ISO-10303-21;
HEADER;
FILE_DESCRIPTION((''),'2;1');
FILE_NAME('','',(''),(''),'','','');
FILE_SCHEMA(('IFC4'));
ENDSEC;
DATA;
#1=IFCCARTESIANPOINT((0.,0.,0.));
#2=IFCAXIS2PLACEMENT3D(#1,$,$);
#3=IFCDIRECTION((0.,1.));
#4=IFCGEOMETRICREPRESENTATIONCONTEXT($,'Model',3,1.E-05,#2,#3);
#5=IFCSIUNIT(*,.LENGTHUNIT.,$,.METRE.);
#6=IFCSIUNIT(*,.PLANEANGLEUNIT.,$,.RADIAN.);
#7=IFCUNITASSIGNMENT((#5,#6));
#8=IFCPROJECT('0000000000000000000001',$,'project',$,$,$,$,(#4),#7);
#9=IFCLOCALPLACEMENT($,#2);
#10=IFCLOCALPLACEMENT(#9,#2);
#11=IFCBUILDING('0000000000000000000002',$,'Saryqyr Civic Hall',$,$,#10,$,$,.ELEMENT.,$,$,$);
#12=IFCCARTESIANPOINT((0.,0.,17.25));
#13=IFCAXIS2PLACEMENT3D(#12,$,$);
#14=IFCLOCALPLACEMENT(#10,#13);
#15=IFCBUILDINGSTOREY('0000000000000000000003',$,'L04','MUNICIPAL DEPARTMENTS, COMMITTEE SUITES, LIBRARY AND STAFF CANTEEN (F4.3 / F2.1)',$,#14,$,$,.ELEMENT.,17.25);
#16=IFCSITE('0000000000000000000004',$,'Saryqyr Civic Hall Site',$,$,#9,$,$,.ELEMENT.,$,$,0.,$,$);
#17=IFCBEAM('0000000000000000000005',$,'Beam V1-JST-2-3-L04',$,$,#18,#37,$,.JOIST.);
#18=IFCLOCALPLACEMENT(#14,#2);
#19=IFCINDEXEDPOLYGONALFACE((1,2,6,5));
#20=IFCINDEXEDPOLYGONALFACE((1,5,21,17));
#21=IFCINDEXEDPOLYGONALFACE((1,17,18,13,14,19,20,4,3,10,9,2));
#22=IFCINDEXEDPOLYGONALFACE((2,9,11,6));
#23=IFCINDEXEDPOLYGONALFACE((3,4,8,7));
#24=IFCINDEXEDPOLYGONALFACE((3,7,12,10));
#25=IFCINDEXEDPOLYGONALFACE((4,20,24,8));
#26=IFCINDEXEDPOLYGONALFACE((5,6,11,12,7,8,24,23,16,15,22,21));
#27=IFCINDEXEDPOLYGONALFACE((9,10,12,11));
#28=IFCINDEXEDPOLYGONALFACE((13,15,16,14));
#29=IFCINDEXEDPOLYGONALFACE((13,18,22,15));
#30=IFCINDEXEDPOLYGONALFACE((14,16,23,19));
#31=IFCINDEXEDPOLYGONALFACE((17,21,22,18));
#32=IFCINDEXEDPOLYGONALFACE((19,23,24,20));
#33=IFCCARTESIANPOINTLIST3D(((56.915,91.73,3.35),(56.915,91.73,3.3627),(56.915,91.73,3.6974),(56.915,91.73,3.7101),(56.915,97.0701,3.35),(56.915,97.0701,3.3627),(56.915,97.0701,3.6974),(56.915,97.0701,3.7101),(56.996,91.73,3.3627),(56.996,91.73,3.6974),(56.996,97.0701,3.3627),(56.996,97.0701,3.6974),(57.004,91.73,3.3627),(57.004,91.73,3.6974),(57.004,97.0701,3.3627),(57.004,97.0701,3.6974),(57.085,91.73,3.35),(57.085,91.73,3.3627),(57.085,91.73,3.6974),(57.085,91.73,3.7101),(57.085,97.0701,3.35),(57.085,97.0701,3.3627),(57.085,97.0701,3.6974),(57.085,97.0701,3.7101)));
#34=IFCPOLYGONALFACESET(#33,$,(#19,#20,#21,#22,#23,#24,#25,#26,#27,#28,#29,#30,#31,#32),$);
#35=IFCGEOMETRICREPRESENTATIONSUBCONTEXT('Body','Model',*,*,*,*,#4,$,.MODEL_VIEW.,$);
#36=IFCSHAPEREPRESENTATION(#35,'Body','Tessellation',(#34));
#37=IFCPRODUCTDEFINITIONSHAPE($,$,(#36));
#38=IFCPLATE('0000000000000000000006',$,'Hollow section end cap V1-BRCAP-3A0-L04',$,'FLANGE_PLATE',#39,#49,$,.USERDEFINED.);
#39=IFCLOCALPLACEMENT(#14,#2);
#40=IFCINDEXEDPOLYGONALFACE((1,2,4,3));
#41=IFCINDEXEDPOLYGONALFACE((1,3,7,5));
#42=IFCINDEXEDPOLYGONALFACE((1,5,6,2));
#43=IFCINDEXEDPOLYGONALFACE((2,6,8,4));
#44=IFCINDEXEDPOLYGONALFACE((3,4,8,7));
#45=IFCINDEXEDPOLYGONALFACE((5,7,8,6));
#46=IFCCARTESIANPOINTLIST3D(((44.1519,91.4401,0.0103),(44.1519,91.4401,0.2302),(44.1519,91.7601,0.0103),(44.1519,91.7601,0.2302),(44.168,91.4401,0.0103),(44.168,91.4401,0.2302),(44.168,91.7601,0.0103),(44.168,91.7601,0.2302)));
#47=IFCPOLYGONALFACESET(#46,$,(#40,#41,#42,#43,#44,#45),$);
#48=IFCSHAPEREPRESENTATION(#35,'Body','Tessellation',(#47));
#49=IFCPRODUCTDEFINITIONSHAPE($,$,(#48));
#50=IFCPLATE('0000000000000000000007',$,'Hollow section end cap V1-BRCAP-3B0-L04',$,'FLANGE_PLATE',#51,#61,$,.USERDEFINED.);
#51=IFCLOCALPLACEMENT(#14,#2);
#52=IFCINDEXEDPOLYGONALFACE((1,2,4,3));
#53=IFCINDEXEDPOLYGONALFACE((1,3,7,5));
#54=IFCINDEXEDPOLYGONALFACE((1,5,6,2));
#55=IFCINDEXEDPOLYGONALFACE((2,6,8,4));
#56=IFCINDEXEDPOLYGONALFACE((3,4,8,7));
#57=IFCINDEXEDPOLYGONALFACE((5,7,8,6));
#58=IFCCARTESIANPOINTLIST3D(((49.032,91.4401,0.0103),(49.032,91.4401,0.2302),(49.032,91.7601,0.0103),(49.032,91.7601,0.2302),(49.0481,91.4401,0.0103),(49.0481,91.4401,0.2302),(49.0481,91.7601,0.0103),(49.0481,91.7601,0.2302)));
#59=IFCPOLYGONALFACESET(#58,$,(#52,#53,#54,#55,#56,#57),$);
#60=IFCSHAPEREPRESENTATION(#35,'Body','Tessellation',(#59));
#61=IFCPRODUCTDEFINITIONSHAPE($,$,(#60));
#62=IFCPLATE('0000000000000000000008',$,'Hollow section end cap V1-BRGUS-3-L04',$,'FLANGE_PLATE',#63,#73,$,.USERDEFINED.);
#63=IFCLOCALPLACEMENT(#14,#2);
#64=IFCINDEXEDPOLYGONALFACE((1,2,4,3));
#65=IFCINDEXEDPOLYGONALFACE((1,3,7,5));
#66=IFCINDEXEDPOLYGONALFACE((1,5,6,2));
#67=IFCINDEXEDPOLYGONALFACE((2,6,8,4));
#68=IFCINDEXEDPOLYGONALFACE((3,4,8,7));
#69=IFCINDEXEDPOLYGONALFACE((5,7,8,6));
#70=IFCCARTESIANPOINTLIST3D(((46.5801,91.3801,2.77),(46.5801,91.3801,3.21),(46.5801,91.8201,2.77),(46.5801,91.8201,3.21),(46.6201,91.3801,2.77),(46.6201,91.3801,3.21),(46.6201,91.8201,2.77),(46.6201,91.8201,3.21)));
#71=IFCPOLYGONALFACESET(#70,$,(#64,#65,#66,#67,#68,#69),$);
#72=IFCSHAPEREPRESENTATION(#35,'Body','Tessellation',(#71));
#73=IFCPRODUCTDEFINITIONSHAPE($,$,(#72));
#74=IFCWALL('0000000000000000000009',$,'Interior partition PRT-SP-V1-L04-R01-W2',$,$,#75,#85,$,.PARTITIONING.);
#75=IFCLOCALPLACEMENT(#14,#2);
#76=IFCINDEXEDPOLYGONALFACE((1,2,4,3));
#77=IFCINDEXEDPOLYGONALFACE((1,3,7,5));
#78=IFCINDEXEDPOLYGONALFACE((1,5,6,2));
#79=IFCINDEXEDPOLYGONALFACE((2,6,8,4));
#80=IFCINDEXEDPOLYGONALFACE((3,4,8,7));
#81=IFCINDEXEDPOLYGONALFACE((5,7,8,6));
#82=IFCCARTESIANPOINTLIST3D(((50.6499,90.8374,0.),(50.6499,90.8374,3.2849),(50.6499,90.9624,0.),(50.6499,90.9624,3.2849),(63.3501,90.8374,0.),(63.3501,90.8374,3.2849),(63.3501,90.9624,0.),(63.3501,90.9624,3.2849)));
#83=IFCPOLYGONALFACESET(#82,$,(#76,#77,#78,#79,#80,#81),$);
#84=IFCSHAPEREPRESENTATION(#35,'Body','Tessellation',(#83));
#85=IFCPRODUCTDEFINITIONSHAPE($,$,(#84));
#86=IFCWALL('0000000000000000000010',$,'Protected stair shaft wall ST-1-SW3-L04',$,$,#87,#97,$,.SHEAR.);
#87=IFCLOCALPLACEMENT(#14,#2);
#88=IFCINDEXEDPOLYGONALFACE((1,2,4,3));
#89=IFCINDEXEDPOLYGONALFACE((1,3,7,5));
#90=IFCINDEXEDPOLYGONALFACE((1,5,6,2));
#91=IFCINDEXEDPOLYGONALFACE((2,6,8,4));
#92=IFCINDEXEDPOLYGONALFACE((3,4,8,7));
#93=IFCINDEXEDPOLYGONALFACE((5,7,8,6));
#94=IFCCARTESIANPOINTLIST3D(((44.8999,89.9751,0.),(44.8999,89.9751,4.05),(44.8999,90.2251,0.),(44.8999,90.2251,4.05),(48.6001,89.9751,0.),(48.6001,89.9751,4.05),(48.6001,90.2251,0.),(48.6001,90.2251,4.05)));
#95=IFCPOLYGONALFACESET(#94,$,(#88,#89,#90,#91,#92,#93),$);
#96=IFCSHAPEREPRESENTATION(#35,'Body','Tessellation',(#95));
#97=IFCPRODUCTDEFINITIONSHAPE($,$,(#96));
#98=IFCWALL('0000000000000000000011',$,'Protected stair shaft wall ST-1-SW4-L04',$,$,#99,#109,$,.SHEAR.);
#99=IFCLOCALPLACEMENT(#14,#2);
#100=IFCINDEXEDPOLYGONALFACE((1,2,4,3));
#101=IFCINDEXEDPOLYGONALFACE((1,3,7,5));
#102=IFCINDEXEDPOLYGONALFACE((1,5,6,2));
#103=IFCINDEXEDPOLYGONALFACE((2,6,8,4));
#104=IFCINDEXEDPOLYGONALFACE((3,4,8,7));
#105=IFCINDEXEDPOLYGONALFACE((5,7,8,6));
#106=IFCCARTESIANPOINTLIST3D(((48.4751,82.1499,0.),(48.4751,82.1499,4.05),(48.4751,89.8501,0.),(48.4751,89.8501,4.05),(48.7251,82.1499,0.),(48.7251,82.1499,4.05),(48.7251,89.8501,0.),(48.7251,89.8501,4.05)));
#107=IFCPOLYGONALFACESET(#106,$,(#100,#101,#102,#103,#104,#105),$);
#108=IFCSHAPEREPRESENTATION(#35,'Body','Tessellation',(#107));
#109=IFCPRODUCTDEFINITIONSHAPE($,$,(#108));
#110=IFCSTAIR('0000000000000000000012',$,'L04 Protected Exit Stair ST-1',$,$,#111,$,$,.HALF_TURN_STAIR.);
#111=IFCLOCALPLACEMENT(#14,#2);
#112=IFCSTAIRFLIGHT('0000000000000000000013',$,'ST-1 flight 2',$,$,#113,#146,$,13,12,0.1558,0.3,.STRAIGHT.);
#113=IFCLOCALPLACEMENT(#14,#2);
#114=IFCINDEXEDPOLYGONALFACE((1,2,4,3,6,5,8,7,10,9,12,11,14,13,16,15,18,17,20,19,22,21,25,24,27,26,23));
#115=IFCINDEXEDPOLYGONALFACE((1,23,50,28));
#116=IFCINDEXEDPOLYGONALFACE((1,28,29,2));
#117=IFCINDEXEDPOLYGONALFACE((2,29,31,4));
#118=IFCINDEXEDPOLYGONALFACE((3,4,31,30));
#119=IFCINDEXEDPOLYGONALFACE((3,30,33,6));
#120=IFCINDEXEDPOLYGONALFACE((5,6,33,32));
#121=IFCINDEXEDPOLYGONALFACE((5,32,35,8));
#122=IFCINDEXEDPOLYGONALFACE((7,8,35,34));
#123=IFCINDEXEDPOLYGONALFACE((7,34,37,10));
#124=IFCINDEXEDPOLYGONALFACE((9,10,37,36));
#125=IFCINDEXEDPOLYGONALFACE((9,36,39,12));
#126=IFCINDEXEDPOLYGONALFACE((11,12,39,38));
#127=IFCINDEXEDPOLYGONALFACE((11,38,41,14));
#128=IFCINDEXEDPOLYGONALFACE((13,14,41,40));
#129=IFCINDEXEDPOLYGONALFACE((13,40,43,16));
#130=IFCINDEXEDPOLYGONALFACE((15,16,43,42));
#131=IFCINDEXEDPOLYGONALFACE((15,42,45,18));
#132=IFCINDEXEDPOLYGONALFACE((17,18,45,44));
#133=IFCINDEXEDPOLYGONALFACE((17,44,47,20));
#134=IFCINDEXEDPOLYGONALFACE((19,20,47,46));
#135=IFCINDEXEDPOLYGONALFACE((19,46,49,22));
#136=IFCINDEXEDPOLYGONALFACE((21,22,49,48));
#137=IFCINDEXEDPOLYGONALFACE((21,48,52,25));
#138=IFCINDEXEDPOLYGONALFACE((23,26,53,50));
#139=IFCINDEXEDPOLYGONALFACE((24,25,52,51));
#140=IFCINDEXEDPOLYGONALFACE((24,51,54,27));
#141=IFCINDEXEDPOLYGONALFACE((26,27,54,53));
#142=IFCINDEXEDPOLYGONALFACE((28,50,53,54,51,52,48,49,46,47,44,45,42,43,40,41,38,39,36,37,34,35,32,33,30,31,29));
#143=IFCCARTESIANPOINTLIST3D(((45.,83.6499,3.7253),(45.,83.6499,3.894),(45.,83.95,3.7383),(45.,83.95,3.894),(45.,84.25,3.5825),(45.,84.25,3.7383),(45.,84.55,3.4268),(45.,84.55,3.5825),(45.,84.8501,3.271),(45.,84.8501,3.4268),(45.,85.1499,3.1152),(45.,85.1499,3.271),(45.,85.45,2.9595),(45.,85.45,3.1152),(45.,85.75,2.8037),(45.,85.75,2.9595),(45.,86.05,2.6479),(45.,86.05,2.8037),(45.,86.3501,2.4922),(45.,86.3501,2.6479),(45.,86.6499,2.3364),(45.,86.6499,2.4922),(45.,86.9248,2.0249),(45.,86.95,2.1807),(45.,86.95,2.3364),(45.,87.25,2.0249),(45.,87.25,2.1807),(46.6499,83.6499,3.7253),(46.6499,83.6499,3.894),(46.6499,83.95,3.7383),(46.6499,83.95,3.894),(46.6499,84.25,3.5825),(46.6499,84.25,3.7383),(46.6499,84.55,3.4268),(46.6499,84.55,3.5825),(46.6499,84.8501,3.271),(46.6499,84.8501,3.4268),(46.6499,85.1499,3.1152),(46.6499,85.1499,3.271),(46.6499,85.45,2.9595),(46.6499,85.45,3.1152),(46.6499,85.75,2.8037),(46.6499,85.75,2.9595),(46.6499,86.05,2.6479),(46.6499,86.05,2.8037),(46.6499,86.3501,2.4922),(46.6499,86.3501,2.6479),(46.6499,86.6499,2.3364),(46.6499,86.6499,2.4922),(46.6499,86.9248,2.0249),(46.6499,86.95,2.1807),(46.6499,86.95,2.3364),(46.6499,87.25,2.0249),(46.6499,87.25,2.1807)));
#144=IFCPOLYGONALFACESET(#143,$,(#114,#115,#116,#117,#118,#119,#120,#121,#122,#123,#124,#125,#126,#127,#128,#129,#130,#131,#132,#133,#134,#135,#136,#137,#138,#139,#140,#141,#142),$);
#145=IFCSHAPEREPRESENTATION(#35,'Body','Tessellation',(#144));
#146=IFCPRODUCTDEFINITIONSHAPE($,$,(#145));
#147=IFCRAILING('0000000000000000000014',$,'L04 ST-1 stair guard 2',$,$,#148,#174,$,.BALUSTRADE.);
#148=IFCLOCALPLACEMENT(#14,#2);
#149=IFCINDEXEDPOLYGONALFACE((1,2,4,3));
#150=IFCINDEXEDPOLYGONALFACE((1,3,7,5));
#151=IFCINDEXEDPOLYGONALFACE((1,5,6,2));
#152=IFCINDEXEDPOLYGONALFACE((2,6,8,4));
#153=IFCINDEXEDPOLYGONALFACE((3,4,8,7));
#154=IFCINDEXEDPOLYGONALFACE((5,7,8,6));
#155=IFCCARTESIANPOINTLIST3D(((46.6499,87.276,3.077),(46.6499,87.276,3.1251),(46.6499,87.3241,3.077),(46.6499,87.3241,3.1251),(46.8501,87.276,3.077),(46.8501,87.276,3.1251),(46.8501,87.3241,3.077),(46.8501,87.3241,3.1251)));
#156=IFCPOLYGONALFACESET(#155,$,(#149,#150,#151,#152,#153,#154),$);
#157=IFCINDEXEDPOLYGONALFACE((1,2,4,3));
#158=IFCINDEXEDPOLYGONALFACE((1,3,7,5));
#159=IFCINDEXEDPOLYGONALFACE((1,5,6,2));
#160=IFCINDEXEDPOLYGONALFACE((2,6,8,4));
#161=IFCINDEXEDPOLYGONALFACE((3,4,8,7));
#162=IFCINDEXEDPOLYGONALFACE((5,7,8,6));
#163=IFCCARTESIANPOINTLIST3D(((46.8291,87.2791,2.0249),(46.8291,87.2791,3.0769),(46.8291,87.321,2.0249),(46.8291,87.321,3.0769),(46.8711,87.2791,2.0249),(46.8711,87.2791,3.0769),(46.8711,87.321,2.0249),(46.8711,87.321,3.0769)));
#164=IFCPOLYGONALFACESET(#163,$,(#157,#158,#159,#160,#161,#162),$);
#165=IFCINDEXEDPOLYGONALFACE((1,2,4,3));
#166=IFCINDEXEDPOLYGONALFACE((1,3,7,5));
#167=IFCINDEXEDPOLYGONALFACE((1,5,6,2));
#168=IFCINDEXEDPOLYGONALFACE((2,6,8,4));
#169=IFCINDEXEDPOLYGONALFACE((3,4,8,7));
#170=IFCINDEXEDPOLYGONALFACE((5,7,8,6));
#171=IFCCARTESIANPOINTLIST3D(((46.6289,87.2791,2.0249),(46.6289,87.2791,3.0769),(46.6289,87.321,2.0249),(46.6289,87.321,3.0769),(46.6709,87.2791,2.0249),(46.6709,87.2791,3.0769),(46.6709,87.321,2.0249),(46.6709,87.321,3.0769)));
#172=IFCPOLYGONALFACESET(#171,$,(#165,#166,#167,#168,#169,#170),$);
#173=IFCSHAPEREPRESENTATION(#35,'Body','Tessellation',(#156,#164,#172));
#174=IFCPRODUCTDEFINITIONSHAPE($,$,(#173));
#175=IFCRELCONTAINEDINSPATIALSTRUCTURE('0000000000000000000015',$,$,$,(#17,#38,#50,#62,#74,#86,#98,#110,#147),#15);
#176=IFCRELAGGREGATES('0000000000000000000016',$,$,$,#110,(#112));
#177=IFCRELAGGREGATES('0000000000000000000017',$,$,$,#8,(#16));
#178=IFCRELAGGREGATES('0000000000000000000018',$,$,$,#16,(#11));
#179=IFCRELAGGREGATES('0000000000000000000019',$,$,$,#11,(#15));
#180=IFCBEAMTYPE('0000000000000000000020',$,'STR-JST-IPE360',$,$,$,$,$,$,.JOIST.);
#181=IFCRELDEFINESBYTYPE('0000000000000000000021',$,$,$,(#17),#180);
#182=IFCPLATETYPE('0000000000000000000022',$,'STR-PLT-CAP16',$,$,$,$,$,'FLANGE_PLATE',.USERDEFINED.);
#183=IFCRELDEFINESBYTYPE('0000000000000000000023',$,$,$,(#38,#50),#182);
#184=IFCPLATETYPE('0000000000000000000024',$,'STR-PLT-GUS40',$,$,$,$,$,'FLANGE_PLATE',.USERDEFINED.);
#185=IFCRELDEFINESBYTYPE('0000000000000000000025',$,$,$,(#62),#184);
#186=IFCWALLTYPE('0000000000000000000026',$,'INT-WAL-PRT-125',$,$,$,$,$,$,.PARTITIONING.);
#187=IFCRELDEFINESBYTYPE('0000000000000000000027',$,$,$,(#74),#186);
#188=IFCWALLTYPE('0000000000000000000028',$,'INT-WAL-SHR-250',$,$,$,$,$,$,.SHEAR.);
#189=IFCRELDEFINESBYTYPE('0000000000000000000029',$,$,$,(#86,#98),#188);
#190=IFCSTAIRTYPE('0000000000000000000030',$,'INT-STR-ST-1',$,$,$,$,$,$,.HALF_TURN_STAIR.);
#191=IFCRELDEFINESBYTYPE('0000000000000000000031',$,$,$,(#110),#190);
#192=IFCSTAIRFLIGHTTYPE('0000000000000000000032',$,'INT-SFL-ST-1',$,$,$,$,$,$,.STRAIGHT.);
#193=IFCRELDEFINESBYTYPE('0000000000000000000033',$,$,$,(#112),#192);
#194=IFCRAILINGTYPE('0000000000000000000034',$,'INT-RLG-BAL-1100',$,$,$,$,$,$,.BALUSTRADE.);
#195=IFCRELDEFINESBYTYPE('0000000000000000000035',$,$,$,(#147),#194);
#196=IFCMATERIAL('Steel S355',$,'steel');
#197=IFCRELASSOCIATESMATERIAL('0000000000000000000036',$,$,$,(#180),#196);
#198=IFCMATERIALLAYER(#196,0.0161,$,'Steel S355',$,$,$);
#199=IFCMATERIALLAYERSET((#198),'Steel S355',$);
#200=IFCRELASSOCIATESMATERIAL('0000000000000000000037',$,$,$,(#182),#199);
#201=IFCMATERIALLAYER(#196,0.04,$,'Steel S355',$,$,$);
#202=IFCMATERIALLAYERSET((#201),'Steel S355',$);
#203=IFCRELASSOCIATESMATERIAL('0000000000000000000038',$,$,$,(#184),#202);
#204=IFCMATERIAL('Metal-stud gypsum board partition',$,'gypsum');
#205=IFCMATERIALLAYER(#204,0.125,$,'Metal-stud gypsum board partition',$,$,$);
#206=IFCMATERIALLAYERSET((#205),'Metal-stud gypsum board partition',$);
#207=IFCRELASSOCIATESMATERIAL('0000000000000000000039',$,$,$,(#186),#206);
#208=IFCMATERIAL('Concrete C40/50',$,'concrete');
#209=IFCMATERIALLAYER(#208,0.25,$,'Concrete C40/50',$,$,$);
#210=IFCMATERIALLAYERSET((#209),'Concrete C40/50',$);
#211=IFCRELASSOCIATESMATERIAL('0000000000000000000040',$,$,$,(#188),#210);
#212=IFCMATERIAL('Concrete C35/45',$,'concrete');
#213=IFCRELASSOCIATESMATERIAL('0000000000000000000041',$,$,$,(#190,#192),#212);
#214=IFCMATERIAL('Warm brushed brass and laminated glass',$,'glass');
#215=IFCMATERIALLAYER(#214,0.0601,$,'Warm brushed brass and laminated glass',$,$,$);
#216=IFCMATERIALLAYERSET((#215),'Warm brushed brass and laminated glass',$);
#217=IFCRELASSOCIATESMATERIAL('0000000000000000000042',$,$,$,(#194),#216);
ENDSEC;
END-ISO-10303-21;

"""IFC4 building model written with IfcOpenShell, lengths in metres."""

from ifc_helpers import new_model, si_unit, direction, frame, frame_2d, origin, origin_2d, place, context, subcontext, project, spatial, polyline, rectangle, i_section, outline, extrude, material, layer, layer_set, material_profile, profile_set, type_object, element, aggregate, save


model = new_model("IFC4")

# Units and contexts
model_context = context("Model", 3, precision=1e-05, world=origin(), true_north=direction((0.0, 1.0)))
body_context = subcontext(model_context, "Body", "Model", "MODEL_VIEW")
ifc_project = project(units=[si_unit("LENGTHUNIT", "METRE"), si_unit("PLANEANGLEUNIT", "RADIAN")], contexts=[model_context])

# Site, building, storey
site_placement = place(None, origin())
site = spatial("IfcSite", under=ifc_project, at=site_placement, Name="Saryqyr Civic Hall Site", CompositionType="ELEMENT", RefElevation=0.0)
building_placement = place(site_placement, origin())
building = spatial("IfcBuilding", under=site, at=building_placement, Name="Saryqyr Civic Hall", CompositionType="ELEMENT")
storey_placement = place(building_placement, frame((0.0, 0.0, 17.25)))
storey = spatial("IfcBuildingStorey", under=building, at=storey_placement, Name="L04", Description="MUNICIPAL DEPARTMENTS, COMMITTEE SUITES, LIBRARY AND STAFF CANTEEN (F4.3 / F2.1)", CompositionType="ELEMENT", Elevation=17.25)

# Shared definitions
ifc_material_1 = material(Name="Concrete C40/50", Category="concrete")

# Shared definitions
ifc_material_2 = material(Name="Steel S355", Category="steel")
ifc_material_3 = material(Name="Concrete C35/45", Category="concrete")

# Beam
ifc_material_profile_1 = material_profile(ifc_material_2, i_section(OverallWidth=0.1699, OverallDepth=0.3601, WebThickness=0.0081, FlangeThickness=0.0127, at=origin_2d()), Name="IPE 360")
ifc_profile_set_1 = profile_set([ifc_material_profile_1], Name="Steel S355")
beam_type_1 = type_object("IfcBeamType", Name="STR-JST-IPE360", PredefinedType="JOIST", material=ifc_profile_set_1)
beam_1_placement = place(storey_placement, frame((57.0, 91.73, 3.53), z_axis=(0.0, 1.0, 0.0), x_axis=(-1.0, 0.0, 0.0)))
element("IfcBeam", 1, at=beam_1_placement, inside=storey, type_object=beam_type_1, Name="Beam V1-JST-2-3-L04", PredefinedType="JOIST", context=body_context, shape_type="SweptSolid", body=[
    extrude(i_section(OverallWidth=0.1699, OverallDepth=0.3601, WebThickness=0.0081, FlangeThickness=0.0127, at=origin_2d()), origin(), (0.0, 0.0, 1.0), 5.3401),
])

# Plates
ifc_layer_1 = layer(ifc_material_2, 0.0161, Name="Steel S355")
ifc_layer_set_1 = layer_set([ifc_layer_1], Name="Steel S355")
plate_type_1 = type_object("IfcPlateType", Name="STR-PLT-CAP16", ElementType="FLANGE_PLATE", PredefinedType="USERDEFINED", material=ifc_layer_set_1)
for number, where, z_axis, x_axis, name in (
    (2, (44.1599, 91.6001, 0.0103), (0.0, 0.0, 1.0), (1.0, 0.0, 0.0), "Hollow section end cap V1-BRCAP-3A0-L04"),
    (3, (49.04, 91.6001, 0.0103), (0.0, 0.0, 1.0), (1.0, 0.0, 0.0), "Hollow section end cap V1-BRCAP-3B0-L04"),
):
    element("IfcPlate", number, at=place(storey_placement, frame(where, z_axis=z_axis, x_axis=x_axis)), inside=storey, type_object=plate_type_1, Name=name, ObjectType="FLANGE_PLATE", PredefinedType="USERDEFINED", context=body_context, shape_type="SweptSolid", body=[
        extrude(rectangle(XDim=0.0161, YDim=0.3201, at=origin_2d()), origin(), (0.0, 0.0, 1.0), 0.22),
    ])
ifc_layer_2 = layer(ifc_material_2, 0.04, Name="Steel S355")
ifc_layer_set_2 = layer_set([ifc_layer_2], Name="Steel S355")
plate_type_2 = type_object("IfcPlateType", Name="STR-PLT-GUS40", ElementType="FLANGE_PLATE", PredefinedType="USERDEFINED", material=ifc_layer_set_2)
plate_placement = place(storey_placement, frame((46.6001, 91.6001, 2.77), z_axis=(0.0, 0.0, 1.0), x_axis=(1.0, 0.0, 0.0)))
element("IfcPlate", 4, at=plate_placement, inside=storey, type_object=plate_type_2, Name="Hollow section end cap V1-BRGUS-3-L04", ObjectType="FLANGE_PLATE", PredefinedType="USERDEFINED", context=body_context, shape_type="SweptSolid", body=[
    extrude(rectangle(XDim=0.04, YDim=0.4399, at=origin_2d()), origin(), (0.0, 0.0, 1.0), 0.4399),
])

# Walls
ifc_material_4 = material(Name="Metal-stud gypsum board partition", Category="gypsum")
ifc_layer_3 = layer(ifc_material_4, 0.125, Name="Metal-stud gypsum board partition")
ifc_layer_set_3 = layer_set([ifc_layer_3], Name="Metal-stud gypsum board partition")
wall_type_1 = type_object("IfcWallType", Name="INT-WAL-PRT-125", PredefinedType="PARTITIONING", material=ifc_layer_set_3)
wall_1_placement = place(storey_placement, frame((50.6499, 90.8999, 0.0), z_axis=(0.0, 0.0, 1.0), x_axis=(1.0, 0.0, 0.0)))
element("IfcWall", 5, at=wall_1_placement, inside=storey, type_object=wall_type_1, Name="Interior partition PRT-SP-V1-L04-R01-W2", PredefinedType="PARTITIONING", context=body_context, shape_type="SweptSolid", body=[
    extrude(rectangle(XDim=12.7002, YDim=0.125, at=frame_2d((6.3501, 0.0))), origin(), (0.0, 0.0, 1.0), 3.2849),
])
ifc_layer_4 = layer(ifc_material_1, 0.25, Name="Concrete C40/50")
ifc_layer_set_4 = layer_set([ifc_layer_4], Name="Concrete C40/50")
wall_type_2 = type_object("IfcWallType", Name="INT-WAL-SHR-250", PredefinedType="SHEAR", material=ifc_layer_set_4)
wall_2_placement = place(storey_placement, frame((44.8999, 90.1001, 0.0), z_axis=(0.0, 0.0, 1.0), x_axis=(1.0, 0.0, 0.0)))
element("IfcWall", 6, at=wall_2_placement, inside=storey, type_object=wall_type_2, Name="Protected stair shaft wall ST-1-SW3-L04", PredefinedType="SHEAR", context=body_context, shape_type="SweptSolid", body=[
    extrude(rectangle(XDim=3.7002, YDim=0.25, at=frame_2d((1.8501, 0.0))), origin(), (0.0, 0.0, 1.0), 4.05),
])
wall_3_placement = place(storey_placement, frame((48.6001, 89.8501, 0.0), z_axis=(0.0, 0.0, 1.0), x_axis=(0.0, -1.0, 0.0)))
element("IfcWall", 7, at=wall_3_placement, inside=storey, type_object=wall_type_2, Name="Protected stair shaft wall ST-1-SW4-L04", PredefinedType="SHEAR", context=body_context, shape_type="SweptSolid", body=[
    extrude(rectangle(XDim=7.7002, YDim=0.25, at=frame_2d((3.8501, 0.0))), origin(), (0.0, 0.0, 1.0), 4.05),
])

# Stair, stair flight
stair_type = type_object("IfcStairType", Name="INT-STR-ST-1", PredefinedType="HALF_TURN_STAIR", material=ifc_material_3)
stair_placement = place(storey_placement, origin())
stair = element("IfcStair", 8, at=stair_placement, inside=storey, type_object=stair_type, Name="L04 Protected Exit Stair ST-1", PredefinedType="HALF_TURN_STAIR")
stair_flight_type = type_object("IfcStairFlightType", Name="INT-SFL-ST-1", PredefinedType="STRAIGHT", material=ifc_material_3)
stair_flight_placement = place(storey_placement, frame((45.825, 87.25, 2.0249), z_axis=(0.0, 0.0, 1.0), x_axis=(0.0, -1.0, 0.0)))
stair_flight = element("IfcStairFlight", 9, at=stair_flight_placement, type_object=stair_flight_type, Name="ST-1 flight 2", NumberOfRisers=13, NumberOfTreads=12, PredefinedType="STRAIGHT", RiserHeight=0.1558, TreadLength=0.3, context=body_context, shape_type="SweptSolid", body=[
    extrude(outline(polyline([(0.0, 0.0), (0.0, 0.1558), (0.3, 0.1558), (0.3, 0.3115), (0.6001, 0.3115), (0.6001, 0.4673), (0.8999, 0.4673), (0.8999, 0.623), (1.2, 0.623), (1.2, 0.7788), (1.5, 0.7788), (1.5, 0.9346), (1.8, 0.9346), (1.8, 1.0903), (2.1001, 1.0903), (2.1001, 1.2461), (2.3999, 1.2461), (2.3999, 1.4019), (2.7, 1.4019), (2.7, 1.5576), (3.0, 1.5576), (3.0, 1.7134), (3.3, 1.7134), (3.3, 1.8691), (3.6001, 1.8691), (3.6001, 2.0249), (3.6001, 1.7004), (0.3252, 0.0), (0.0, 0.0)])), frame((0.0, 0.825, 0.0), z_axis=(0.0, -1.0, 0.0), x_axis=(1.0, 0.0, 0.0)), (0.0, 0.0, 1.0), 1.6499),
])
aggregate(stair, [stair_flight])

# Railing
ifc_material_5 = material(Name="Warm brushed brass and laminated glass", Category="glass")
ifc_layer_5 = layer(ifc_material_5, 0.0601, Name="Warm brushed brass and laminated glass")
ifc_layer_set_5 = layer_set([ifc_layer_5], Name="Warm brushed brass and laminated glass")
railing_type_1 = type_object("IfcRailingType", Name="INT-RLG-BAL-1100", PredefinedType="BALUSTRADE", material=ifc_layer_set_5)
railing_1_placement = place(storey_placement, frame((46.8501, 87.3, 2.0249)))
element("IfcRailing", 10, at=railing_1_placement, inside=storey, type_object=railing_type_1, Name="L04 ST-1 stair guard 2", PredefinedType="BALUSTRADE", context=body_context, shape_type="SweptSolid", body=[
    extrude(rectangle(XDim=0.0481, YDim=0.0481, at=origin_2d()), frame((0.0, 0.0, 1.0762), z_axis=(-1.0, 0.0, 0.0), x_axis=(0.0, -1.0, 0.0)), (0.0, 0.0, 1.0), 0.2002),
    extrude(rectangle(XDim=0.042, YDim=0.042, at=origin_2d()), origin(), (0.0, 0.0, 1.0), 1.052),
    extrude(rectangle(XDim=0.042, YDim=0.042, at=origin_2d()), frame((-0.2002, 0.0, 0.0)), (0.0, 0.0, 1.0), 1.052),
])

save(model, "model.ifc")
